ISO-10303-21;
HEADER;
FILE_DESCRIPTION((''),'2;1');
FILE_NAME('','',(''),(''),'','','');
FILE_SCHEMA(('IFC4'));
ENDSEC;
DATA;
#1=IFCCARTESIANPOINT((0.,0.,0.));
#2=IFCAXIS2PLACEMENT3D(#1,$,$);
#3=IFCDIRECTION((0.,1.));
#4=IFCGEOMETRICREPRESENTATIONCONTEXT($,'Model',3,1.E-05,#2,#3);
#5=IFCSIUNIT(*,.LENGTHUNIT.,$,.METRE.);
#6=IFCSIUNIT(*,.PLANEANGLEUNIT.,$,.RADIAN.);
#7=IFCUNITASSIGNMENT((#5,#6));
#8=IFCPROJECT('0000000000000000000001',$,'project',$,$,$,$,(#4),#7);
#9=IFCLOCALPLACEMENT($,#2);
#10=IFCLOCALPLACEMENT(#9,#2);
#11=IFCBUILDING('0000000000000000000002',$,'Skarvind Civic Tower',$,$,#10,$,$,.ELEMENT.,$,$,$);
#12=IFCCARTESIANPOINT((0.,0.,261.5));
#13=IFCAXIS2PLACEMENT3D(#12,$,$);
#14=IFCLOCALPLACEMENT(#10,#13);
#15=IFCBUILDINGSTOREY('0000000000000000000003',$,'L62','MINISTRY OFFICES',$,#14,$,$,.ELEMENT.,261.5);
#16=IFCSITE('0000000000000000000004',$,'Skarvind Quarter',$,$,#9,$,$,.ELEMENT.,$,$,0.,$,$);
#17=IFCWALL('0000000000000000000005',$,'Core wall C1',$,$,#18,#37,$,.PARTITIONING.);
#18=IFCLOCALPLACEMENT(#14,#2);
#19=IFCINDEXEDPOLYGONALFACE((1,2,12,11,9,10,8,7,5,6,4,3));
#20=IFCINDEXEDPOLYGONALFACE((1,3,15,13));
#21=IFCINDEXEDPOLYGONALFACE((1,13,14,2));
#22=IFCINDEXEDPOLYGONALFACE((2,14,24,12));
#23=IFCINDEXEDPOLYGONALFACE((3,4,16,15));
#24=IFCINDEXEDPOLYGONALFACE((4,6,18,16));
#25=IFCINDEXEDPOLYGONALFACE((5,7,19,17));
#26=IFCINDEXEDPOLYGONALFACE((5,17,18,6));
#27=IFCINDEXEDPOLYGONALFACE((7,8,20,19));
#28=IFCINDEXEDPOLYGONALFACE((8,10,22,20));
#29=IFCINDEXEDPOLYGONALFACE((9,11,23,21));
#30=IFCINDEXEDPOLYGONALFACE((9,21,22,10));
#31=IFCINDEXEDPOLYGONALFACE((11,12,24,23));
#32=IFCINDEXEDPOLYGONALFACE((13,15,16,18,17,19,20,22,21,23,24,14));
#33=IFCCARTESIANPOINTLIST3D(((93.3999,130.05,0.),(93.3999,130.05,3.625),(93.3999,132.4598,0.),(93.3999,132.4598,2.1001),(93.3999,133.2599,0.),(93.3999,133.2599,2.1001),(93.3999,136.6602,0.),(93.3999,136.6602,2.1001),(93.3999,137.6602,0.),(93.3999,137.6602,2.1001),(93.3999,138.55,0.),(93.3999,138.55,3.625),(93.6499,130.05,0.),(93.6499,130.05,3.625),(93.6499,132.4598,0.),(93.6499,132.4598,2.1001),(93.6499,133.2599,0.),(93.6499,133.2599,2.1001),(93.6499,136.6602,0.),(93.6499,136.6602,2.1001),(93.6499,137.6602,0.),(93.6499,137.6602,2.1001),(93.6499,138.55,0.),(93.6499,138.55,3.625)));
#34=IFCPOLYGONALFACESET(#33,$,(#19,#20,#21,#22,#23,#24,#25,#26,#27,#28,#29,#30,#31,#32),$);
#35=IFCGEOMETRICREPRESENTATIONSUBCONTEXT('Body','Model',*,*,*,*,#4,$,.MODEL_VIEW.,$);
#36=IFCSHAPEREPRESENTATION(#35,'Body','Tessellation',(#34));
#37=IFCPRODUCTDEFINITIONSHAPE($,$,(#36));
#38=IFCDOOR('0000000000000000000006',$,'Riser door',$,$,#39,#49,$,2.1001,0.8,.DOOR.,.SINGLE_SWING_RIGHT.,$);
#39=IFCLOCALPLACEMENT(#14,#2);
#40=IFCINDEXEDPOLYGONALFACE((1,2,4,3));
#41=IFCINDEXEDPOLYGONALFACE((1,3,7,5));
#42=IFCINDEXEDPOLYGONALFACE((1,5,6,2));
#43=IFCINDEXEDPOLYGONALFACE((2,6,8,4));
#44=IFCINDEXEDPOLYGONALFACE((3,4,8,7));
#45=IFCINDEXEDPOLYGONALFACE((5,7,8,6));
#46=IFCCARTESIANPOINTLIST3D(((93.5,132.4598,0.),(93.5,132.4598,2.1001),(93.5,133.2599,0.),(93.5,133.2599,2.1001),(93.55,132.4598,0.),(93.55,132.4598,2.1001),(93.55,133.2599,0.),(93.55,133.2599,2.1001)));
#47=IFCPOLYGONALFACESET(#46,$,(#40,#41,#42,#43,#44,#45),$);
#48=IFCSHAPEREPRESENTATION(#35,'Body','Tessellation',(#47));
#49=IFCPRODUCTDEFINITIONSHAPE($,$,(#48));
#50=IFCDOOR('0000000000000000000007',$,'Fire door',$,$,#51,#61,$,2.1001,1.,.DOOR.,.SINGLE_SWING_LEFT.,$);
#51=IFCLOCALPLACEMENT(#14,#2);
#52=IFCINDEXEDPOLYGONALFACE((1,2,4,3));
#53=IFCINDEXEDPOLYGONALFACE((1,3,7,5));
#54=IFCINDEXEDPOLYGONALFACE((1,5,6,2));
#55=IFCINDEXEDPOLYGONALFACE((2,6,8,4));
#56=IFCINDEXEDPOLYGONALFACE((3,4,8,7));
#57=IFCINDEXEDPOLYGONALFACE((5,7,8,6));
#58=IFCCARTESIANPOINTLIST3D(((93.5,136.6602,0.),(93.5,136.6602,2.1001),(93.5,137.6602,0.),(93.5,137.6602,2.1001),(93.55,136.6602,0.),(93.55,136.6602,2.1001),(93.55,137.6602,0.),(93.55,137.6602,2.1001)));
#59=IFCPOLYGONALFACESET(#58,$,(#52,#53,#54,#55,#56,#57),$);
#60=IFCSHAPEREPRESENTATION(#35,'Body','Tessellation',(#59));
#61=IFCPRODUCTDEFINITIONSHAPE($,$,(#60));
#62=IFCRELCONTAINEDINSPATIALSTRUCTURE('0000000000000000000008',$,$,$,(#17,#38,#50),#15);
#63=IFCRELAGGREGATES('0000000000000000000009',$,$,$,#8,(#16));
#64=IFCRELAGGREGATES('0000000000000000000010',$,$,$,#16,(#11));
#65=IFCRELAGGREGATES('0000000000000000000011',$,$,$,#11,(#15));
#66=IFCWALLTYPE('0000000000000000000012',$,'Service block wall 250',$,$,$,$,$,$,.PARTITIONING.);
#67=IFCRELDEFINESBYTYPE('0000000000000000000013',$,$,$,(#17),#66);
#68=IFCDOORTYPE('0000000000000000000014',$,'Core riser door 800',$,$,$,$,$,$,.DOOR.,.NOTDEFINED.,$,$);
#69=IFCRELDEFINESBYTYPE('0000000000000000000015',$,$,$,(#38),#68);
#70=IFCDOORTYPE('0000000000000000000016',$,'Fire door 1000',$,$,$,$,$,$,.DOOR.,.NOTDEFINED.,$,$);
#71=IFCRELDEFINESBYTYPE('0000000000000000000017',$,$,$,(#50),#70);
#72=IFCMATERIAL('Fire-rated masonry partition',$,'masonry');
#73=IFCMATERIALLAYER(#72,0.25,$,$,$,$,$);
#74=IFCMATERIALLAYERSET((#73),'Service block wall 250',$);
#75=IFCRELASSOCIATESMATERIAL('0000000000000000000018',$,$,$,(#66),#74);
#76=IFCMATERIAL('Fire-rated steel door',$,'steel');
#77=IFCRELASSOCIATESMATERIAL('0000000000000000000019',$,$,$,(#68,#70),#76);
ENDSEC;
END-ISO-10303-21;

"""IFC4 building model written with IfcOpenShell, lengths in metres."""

from ifc_helpers import new_model, si_unit, direction, frame, frame_2d, origin, place, context, subcontext, project, spatial, rectangle, extrude, material, layer, layer_set, type_object, element, fill, save


model = new_model("IFC4")

# Units and contexts
model_context = context("Model", 3, precision=1e-05, world=origin(), true_north=direction((0.0, 1.0)))
body_context = subcontext(model_context, "Body", "Model", "MODEL_VIEW")
ifc_project = project(units=[si_unit("LENGTHUNIT", "METRE"), si_unit("PLANEANGLEUNIT", "RADIAN")], contexts=[model_context])

# Site, building, storey
site_placement = place(None, origin())
site = spatial("IfcSite", under=ifc_project, at=site_placement, Name="Skarvind Quarter", CompositionType="ELEMENT", RefElevation=0.0)
building_placement = place(site_placement, origin())
building = spatial("IfcBuilding", under=site, at=building_placement, Name="Skarvind Civic Tower", CompositionType="ELEMENT")
storey_placement = place(building_placement, frame((0.0, 0.0, 261.5)))
storey = spatial("IfcBuildingStorey", under=building, at=storey_placement, Name="L62", Description="MINISTRY OFFICES", CompositionType="ELEMENT", Elevation=261.5)

# Shared definitions
ifc_material_1 = material(Name="Fire-rated masonry partition", Category="masonry")
ifc_material_2 = material(Name="Fire-rated steel door", Category="steel")

# Wall, openings, doors
ifc_layer_1 = layer(ifc_material_1, 0.25)
ifc_layer_set_1 = layer_set([ifc_layer_1], Name="Service block wall 250")
wall_type_1 = type_object("IfcWallType", Name="Service block wall 250", PredefinedType="PARTITIONING", material=ifc_layer_set_1)
wall_1_placement = place(storey_placement, frame((93.5249, 130.05, 0.0), z_axis=(0.0, 0.0, 1.0), x_axis=(0.0, 1.0, 0.0)))
wall_1 = element("IfcWall", 1, at=wall_1_placement, inside=storey, type_object=wall_type_1, Name="Core wall C1", PredefinedType="PARTITIONING", context=body_context, shape_type="SweptSolid", body=[
    extrude(rectangle(XDim=8.5, YDim=0.25, at=frame_2d((4.25, 0.0))), origin(), (0.0, 0.0, 1.0), 3.625),
])
opening_1_placement = place(wall_1_placement, frame((2.4099, 0.0, 0.0)))
opening_1 = element("IfcOpeningElement", 2, at=opening_1_placement, cuts=wall_1, PredefinedType="OPENING", context=body_context, shape_type="SweptSolid", body=[
    extrude(rectangle(XDim=0.8, YDim=2.1001, at=frame_2d((0.3999, 1.05))), frame((0.0, 0.135, 0.0), z_axis=(0.0, -1.0, 0.0), x_axis=(1.0, 0.0, 0.0)), (0.0, 0.0, 1.0), 0.27),
])
opening_2_placement = place(wall_1_placement, frame((6.6101, 0.0, 0.0)))
opening_2 = element("IfcOpeningElement", 3, at=opening_2_placement, cuts=wall_1, PredefinedType="OPENING", context=body_context, shape_type="SweptSolid", body=[
    extrude(rectangle(XDim=1.0, YDim=2.1001, at=frame_2d((0.5, 1.05))), frame((0.0, 0.135, 0.0), z_axis=(0.0, -1.0, 0.0), x_axis=(1.0, 0.0, 0.0)), (0.0, 0.0, 1.0), 0.27),
])
door_type_1 = type_object("IfcDoorType", Name="Core riser door 800", OperationType="NOTDEFINED", PredefinedType="DOOR", material=ifc_material_2)
door_1_placement = place(opening_1_placement, origin())
door_1 = element("IfcDoor", 4, at=door_1_placement, inside=storey, type_object=door_type_1, Name="Riser door", OperationType="SINGLE_SWING_RIGHT", OverallHeight=2.1001, OverallWidth=0.8, PredefinedType="DOOR", context=body_context, shape_type="SweptSolid", body=[
    extrude(rectangle(XDim=0.8, YDim=2.1001, at=frame_2d((0.3999, 1.05))), frame((0.0, 0.0249, 0.0), z_axis=(0.0, -1.0, 0.0), x_axis=(1.0, 0.0, 0.0)), (0.0, 0.0, 1.0), 0.05),
])
fill(opening_1, door_1)
door_type_2 = type_object("IfcDoorType", Name="Fire door 1000", OperationType="NOTDEFINED", PredefinedType="DOOR", material=ifc_material_2)
door_2_placement = place(opening_2_placement, origin())
door_2 = element("IfcDoor", 5, at=door_2_placement, inside=storey, type_object=door_type_2, Name="Fire door", OperationType="SINGLE_SWING_LEFT", OverallHeight=2.1001, OverallWidth=1.0, PredefinedType="DOOR", context=body_context, shape_type="SweptSolid", body=[
    extrude(rectangle(XDim=1.0, YDim=2.1001, at=frame_2d((0.5, 1.05))), frame((0.0, 0.0249, 0.0), z_axis=(0.0, -1.0, 0.0), x_axis=(1.0, 0.0, 0.0)), (0.0, 0.0, 1.0), 0.05),
])
fill(opening_2, door_2)

save(model, "model.ifc")
